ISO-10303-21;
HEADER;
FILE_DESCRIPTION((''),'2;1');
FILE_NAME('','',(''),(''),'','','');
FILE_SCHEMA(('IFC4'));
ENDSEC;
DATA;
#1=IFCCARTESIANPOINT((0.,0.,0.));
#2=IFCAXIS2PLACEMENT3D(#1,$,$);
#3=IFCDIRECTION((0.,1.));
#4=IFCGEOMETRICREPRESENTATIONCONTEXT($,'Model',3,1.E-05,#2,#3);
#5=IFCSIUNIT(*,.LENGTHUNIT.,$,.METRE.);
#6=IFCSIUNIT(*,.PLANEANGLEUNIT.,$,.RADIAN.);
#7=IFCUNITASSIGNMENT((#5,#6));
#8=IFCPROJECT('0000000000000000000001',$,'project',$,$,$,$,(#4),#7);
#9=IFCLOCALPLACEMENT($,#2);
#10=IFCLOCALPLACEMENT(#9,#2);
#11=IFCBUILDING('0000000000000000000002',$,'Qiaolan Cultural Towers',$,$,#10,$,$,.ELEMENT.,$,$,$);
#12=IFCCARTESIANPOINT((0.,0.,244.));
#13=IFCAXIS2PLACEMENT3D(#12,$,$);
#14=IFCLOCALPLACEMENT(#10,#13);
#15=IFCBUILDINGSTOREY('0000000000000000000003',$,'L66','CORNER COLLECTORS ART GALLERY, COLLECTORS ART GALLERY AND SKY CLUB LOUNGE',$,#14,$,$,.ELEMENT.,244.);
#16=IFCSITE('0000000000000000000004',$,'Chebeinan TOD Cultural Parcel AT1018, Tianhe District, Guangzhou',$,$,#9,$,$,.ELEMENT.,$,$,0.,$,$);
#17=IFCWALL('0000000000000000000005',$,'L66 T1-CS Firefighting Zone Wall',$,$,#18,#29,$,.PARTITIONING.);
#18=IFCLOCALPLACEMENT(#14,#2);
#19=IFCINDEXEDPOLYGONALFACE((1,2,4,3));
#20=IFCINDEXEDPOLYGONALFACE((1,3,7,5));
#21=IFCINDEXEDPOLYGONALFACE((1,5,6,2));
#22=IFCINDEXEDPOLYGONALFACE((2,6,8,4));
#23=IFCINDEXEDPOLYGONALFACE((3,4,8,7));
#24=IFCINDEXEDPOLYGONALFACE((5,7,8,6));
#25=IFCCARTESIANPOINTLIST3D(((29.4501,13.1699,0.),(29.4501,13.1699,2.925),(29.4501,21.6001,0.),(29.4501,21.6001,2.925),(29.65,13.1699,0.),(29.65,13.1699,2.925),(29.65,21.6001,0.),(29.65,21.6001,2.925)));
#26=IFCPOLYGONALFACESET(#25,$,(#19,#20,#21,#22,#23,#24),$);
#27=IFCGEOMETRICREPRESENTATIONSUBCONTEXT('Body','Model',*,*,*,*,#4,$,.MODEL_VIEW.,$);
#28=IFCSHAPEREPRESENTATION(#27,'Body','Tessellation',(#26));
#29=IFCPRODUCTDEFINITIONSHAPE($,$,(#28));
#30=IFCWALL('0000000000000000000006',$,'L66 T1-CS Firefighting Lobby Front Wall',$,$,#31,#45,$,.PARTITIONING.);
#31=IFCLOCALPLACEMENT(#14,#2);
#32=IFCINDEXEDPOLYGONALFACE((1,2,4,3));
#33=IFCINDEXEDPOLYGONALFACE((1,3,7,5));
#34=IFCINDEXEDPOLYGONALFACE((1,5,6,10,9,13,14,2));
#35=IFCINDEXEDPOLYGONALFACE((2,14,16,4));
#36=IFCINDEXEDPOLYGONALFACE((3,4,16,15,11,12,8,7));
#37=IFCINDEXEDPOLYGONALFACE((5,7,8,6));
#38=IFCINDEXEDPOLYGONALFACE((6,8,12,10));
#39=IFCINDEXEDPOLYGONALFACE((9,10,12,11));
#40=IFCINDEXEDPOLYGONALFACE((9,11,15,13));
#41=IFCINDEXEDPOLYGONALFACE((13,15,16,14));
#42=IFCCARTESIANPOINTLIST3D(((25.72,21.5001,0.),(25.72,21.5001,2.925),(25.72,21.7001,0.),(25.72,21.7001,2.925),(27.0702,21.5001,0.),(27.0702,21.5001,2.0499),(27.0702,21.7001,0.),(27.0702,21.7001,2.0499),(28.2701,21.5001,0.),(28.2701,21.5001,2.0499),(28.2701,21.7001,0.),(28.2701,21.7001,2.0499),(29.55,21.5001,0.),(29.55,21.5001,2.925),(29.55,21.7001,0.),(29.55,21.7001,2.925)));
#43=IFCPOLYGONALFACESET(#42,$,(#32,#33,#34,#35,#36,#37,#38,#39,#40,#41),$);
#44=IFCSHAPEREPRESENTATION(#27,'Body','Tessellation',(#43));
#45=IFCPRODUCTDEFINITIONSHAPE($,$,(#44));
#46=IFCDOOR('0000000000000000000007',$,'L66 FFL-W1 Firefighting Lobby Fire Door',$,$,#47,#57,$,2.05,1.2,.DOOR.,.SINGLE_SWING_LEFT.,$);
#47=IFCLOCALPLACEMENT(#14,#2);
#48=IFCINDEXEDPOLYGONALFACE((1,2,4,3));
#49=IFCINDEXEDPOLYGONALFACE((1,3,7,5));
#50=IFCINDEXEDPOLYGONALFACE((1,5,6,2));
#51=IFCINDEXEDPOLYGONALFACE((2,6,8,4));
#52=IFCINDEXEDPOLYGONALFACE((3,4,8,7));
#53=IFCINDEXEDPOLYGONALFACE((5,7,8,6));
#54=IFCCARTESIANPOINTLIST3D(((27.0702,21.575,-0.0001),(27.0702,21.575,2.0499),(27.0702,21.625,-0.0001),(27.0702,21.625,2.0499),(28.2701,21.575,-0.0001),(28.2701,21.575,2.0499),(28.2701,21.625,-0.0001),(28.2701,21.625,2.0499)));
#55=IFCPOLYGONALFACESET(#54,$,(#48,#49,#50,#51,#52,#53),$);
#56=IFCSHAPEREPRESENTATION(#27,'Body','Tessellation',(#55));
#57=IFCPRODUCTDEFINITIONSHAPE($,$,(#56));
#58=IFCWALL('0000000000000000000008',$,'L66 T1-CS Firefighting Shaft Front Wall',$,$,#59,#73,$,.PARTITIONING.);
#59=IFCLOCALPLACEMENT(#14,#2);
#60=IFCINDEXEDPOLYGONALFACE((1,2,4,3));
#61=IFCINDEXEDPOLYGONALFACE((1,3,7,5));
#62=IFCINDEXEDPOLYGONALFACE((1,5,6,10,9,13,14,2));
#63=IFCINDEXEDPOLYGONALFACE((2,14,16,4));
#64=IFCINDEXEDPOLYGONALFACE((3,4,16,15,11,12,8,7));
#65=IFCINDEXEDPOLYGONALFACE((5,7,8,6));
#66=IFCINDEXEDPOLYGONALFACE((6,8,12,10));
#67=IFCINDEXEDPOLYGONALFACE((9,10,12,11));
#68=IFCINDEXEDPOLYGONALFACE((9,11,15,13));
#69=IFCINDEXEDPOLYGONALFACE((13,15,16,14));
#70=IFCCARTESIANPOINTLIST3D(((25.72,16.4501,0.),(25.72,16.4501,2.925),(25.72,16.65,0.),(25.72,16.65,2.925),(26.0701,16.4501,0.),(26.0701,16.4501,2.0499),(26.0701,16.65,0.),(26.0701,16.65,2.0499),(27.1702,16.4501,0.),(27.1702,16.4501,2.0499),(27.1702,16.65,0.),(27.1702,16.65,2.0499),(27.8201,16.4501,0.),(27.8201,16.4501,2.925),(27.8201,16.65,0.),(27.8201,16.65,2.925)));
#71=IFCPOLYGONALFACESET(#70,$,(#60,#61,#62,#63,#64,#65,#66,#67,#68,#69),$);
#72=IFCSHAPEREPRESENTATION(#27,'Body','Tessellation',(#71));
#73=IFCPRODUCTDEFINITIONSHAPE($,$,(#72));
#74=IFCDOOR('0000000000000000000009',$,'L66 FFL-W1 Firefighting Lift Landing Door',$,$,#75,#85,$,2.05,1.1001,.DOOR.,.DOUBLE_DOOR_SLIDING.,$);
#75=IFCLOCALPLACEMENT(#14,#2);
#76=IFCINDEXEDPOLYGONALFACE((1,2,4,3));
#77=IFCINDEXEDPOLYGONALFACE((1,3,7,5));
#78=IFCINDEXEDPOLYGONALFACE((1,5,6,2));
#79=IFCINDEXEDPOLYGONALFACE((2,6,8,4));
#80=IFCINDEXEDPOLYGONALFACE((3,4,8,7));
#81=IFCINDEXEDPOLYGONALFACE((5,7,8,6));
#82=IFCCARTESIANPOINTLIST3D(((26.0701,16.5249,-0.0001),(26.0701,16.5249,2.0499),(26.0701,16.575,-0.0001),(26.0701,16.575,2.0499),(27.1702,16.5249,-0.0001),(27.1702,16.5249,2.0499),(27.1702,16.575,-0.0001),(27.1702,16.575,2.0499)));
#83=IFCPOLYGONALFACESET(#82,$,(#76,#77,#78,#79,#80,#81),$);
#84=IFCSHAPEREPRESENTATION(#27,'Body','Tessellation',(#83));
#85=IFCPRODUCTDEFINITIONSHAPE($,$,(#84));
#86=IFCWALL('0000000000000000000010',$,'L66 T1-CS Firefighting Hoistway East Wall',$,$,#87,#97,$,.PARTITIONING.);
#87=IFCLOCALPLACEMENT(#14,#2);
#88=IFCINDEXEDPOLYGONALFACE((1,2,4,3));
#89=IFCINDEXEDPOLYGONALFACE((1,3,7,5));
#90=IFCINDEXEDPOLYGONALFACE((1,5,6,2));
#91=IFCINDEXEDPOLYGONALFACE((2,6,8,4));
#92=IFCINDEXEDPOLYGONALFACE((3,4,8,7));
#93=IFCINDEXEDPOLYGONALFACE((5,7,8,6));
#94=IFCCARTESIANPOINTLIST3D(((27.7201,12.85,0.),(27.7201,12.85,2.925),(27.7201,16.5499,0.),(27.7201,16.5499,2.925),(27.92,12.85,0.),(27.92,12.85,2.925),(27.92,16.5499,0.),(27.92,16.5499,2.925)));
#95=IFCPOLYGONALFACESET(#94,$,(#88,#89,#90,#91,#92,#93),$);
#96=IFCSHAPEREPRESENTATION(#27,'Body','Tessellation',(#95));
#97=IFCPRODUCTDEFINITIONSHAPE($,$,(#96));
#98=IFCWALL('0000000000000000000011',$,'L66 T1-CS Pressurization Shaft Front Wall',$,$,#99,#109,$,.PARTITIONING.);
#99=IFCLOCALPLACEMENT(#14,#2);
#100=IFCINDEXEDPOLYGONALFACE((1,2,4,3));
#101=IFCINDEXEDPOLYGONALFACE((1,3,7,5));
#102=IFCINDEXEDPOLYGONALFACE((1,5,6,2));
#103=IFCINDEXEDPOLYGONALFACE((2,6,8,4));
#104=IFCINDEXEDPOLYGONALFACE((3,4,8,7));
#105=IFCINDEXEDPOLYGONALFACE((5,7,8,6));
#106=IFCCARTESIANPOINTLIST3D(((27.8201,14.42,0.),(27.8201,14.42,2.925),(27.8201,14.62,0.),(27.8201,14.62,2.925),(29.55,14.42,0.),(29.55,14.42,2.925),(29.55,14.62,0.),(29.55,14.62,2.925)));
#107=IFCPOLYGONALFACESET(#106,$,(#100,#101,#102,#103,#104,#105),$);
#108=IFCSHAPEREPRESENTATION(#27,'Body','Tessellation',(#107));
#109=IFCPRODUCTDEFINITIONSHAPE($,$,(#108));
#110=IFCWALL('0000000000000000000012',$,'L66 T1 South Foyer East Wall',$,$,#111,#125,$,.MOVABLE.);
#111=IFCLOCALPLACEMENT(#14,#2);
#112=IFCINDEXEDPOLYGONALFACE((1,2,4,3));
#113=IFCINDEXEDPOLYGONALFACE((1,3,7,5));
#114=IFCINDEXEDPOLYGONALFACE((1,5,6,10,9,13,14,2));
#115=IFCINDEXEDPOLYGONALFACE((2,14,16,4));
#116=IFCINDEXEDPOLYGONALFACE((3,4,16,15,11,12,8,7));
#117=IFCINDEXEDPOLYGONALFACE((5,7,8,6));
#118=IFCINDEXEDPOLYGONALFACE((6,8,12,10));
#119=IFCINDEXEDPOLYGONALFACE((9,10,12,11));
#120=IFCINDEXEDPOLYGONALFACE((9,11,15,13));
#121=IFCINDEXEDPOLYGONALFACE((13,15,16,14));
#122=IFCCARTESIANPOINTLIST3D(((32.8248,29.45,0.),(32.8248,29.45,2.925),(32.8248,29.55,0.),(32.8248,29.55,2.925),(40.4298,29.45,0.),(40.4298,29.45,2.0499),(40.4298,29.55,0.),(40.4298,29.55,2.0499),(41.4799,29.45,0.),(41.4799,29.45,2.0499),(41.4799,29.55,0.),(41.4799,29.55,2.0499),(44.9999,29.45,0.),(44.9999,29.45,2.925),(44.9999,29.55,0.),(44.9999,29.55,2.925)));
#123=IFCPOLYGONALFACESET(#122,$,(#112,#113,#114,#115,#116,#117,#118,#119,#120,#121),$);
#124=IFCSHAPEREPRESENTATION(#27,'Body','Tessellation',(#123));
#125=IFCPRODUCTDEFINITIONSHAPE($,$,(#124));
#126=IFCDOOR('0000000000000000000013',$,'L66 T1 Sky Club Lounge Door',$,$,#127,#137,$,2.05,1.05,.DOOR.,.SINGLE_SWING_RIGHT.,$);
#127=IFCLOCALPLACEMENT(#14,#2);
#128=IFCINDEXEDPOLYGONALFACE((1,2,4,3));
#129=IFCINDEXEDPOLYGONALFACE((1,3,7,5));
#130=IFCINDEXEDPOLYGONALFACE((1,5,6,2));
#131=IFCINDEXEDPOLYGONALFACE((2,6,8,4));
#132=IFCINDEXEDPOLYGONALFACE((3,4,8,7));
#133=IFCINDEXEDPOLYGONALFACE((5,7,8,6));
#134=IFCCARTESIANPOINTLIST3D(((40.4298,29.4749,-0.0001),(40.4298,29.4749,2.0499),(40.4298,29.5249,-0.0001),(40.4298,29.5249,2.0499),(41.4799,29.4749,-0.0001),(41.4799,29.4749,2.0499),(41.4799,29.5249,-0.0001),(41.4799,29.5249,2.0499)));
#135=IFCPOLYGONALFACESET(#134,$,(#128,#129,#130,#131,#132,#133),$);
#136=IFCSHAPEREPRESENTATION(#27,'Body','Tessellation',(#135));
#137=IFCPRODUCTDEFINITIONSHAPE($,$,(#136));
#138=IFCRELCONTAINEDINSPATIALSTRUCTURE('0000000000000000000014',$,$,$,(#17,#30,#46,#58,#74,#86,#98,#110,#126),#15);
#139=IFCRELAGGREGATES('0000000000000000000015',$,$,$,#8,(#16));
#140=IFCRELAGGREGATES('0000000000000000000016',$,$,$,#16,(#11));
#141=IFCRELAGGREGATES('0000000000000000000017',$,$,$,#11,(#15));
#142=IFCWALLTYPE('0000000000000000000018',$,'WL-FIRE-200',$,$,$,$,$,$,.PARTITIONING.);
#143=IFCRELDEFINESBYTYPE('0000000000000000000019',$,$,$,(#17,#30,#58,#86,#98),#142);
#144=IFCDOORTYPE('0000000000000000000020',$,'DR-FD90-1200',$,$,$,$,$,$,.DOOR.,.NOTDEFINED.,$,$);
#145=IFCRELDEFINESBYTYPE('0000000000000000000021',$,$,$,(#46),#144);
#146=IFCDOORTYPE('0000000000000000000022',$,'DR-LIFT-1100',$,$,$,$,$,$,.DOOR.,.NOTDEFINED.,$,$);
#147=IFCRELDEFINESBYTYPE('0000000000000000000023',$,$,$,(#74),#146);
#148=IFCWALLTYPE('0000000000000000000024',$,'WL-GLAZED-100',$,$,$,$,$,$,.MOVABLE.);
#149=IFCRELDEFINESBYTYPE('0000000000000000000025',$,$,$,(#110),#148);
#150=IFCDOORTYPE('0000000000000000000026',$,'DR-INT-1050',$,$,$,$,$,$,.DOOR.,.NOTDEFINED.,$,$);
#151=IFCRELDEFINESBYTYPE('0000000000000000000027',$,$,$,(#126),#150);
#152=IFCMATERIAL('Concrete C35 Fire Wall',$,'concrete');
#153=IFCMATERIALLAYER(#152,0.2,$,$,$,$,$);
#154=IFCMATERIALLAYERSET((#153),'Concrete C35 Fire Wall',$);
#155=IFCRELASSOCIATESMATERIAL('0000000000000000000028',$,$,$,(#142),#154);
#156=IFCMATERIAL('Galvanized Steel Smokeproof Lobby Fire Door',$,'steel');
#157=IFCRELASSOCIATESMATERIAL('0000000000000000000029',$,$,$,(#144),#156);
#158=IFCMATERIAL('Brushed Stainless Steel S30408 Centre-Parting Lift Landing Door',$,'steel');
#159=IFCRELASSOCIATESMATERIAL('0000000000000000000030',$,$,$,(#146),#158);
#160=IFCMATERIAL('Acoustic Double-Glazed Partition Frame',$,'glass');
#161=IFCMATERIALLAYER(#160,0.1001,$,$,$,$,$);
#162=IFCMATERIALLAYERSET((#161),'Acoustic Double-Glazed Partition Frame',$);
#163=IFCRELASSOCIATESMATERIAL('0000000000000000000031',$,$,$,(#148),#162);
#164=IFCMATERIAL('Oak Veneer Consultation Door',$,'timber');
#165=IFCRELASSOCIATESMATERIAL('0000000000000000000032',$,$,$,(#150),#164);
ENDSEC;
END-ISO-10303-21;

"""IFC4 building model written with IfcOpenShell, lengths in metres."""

from ifc_helpers import new_model, si_unit, direction, frame, frame_2d, origin, place, context, subcontext, project, spatial, rectangle, extrude, material, layer, layer_set, type_object, element, fill, save


model = new_model("IFC4")

# Units and contexts
model_context = context("Model", 3, precision=1e-05, world=origin(), true_north=direction((0.0, 1.0)))
body_context = subcontext(model_context, "Body", "Model", "MODEL_VIEW")
ifc_project = project(units=[si_unit("LENGTHUNIT", "METRE"), si_unit("PLANEANGLEUNIT", "RADIAN")], contexts=[model_context])

# Site, building, storey
site_placement = place(None, origin())
site = spatial("IfcSite", under=ifc_project, at=site_placement, Name="Chebeinan TOD Cultural Parcel AT1018, Tianhe District, Guangzhou", CompositionType="ELEMENT", RefElevation=0.0)
building_placement = place(site_placement, origin())
building = spatial("IfcBuilding", under=site, at=building_placement, Name="Qiaolan Cultural Towers", CompositionType="ELEMENT")
storey_placement = place(building_placement, frame((0.0, 0.0, 244.0)))
storey = spatial("IfcBuildingStorey", under=building, at=storey_placement, Name="L66", Description="CORNER COLLECTORS ART GALLERY, COLLECTORS ART GALLERY AND SKY CLUB LOUNGE", CompositionType="ELEMENT", Elevation=244.0)

# Shared definitions
ifc_material_1 = material(Name="Concrete C35 Fire Wall", Category="concrete")
ifc_layer_1 = layer(ifc_material_1, 0.2)
ifc_layer_set_1 = layer_set([ifc_layer_1], Name="Concrete C35 Fire Wall")
wall_type_1 = type_object("IfcWallType", Name="WL-FIRE-200", PredefinedType="PARTITIONING", material=ifc_layer_set_1)

# Wall
wall_1_placement = place(storey_placement, frame((29.55, 21.6001, 0.0), z_axis=(0.0, 0.0, 1.0), x_axis=(0.0, -1.0, 0.0)))
element("IfcWall", 1, at=wall_1_placement, inside=storey, type_object=wall_type_1, Name="L66 T1-CS Firefighting Zone Wall", PredefinedType="PARTITIONING", context=body_context, shape_type="SweptSolid", body=[
    extrude(rectangle(XDim=8.4302, YDim=0.2, at=frame_2d((4.2151, 0.0))), origin(), (0.0, 0.0, 1.0), 2.925),
])

# Walls, openings, doors
wall_2_placement = place(storey_placement, frame((25.72, 21.6001, 0.0), z_axis=(0.0, 0.0, 1.0), x_axis=(1.0, 0.0, 0.0)))
wall_2 = element("IfcWall", 2, at=wall_2_placement, inside=storey, type_object=wall_type_1, Name="L66 T1-CS Firefighting Lobby Front Wall", PredefinedType="PARTITIONING", context=body_context, shape_type="SweptSolid", body=[
    extrude(rectangle(XDim=3.8301, YDim=0.2, at=frame_2d((1.915, 0.0))), origin(), (0.0, 0.0, 1.0), 2.925),
])
opening_1_placement = place(wall_2_placement, frame((1.3501, 0.0, 0.0)))
opening_1 = element("IfcOpeningElement", 3, at=opening_1_placement, cuts=wall_2, PredefinedType="OPENING", context=body_context, shape_type="SweptSolid", body=[
    extrude(rectangle(XDim=1.2, YDim=2.05, at=frame_2d((0.6001, 1.0249))), frame((0.0, 0.1099, 0.0), z_axis=(0.0, -1.0, 0.0), x_axis=(1.0, 0.0, 0.0)), (0.0, 0.0, 1.0), 0.22),
])
ifc_material_2 = material(Name="Galvanized Steel Smokeproof Lobby Fire Door", Category="steel")
door_type_1 = type_object("IfcDoorType", Name="DR-FD90-1200", OperationType="NOTDEFINED", PredefinedType="DOOR", material=ifc_material_2)
door_1_placement = place(opening_1_placement, origin())
door_1 = element("IfcDoor", 4, at=door_1_placement, inside=storey, type_object=door_type_1, Name="L66 FFL-W1 Firefighting Lobby Fire Door", OperationType="SINGLE_SWING_LEFT", OverallHeight=2.05, OverallWidth=1.2, PredefinedType="DOOR", context=body_context, shape_type="SweptSolid", body=[
    extrude(rectangle(XDim=1.2, YDim=2.05, at=frame_2d((0.6001, 1.0249))), frame((0.0, 0.0249, 0.0), z_axis=(0.0, -1.0, 0.0), x_axis=(1.0, 0.0, 0.0)), (0.0, 0.0, 1.0), 0.05),
])
fill(opening_1, door_1)
wall_3_placement = place(storey_placement, frame((25.72, 16.55, 0.0), z_axis=(0.0, 0.0, 1.0), x_axis=(1.0, 0.0, 0.0)))
wall_3 = element("IfcWall", 5, at=wall_3_placement, inside=storey, type_object=wall_type_1, Name="L66 T1-CS Firefighting Shaft Front Wall", PredefinedType="PARTITIONING", context=body_context, shape_type="SweptSolid", body=[
    extrude(rectangle(XDim=2.1001, YDim=0.2, at=frame_2d((1.05, 0.0))), origin(), (0.0, 0.0, 1.0), 2.925),
])
opening_2_placement = place(wall_3_placement, frame((0.3501, 0.0, 0.0)))
opening_2 = element("IfcOpeningElement", 6, at=opening_2_placement, cuts=wall_3, PredefinedType="OPENING", context=body_context, shape_type="SweptSolid", body=[
    extrude(rectangle(XDim=1.1001, YDim=2.05, at=frame_2d((0.55, 1.0249))), frame((0.0, 0.1099, 0.0), z_axis=(0.0, -1.0, 0.0), x_axis=(1.0, 0.0, 0.0)), (0.0, 0.0, 1.0), 0.22),
])
ifc_material_3 = material(Name="Brushed Stainless Steel S30408 Centre-Parting Lift Landing Door", Category="steel")
door_type_2 = type_object("IfcDoorType", Name="DR-LIFT-1100", OperationType="NOTDEFINED", PredefinedType="DOOR", material=ifc_material_3)
door_2_placement = place(opening_2_placement, origin())
door_2 = element("IfcDoor", 7, at=door_2_placement, inside=storey, type_object=door_type_2, Name="L66 FFL-W1 Firefighting Lift Landing Door", OperationType="DOUBLE_DOOR_SLIDING", OverallHeight=2.05, OverallWidth=1.1001, PredefinedType="DOOR", context=body_context, shape_type="SweptSolid", body=[
    extrude(rectangle(XDim=1.1001, YDim=2.05, at=frame_2d((0.55, 1.0249))), frame((0.0, 0.0249, 0.0), z_axis=(0.0, -1.0, 0.0), x_axis=(1.0, 0.0, 0.0)), (0.0, 0.0, 1.0), 0.05),
])
fill(opening_2, door_2)

# Walls
wall_4_placement = place(storey_placement, frame((27.8201, 16.55, 0.0), z_axis=(0.0, 0.0, 1.0), x_axis=(0.0, -1.0, 0.0)))
element("IfcWall", 8, at=wall_4_placement, inside=storey, type_object=wall_type_1, Name="L66 T1-CS Firefighting Hoistway East Wall", PredefinedType="PARTITIONING", context=body_context, shape_type="SweptSolid", body=[
    extrude(rectangle(XDim=3.7, YDim=0.2, at=frame_2d((1.8501, 0.0))), origin(), (0.0, 0.0, 1.0), 2.925),
])
wall_5_placement = place(storey_placement, frame((27.8201, 14.52, 0.0), z_axis=(0.0, 0.0, 1.0), x_axis=(1.0, 0.0, 0.0)))
element("IfcWall", 9, at=wall_5_placement, inside=storey, type_object=wall_type_1, Name="L66 T1-CS Pressurization Shaft Front Wall", PredefinedType="PARTITIONING", context=body_context, shape_type="SweptSolid", body=[
    extrude(rectangle(XDim=1.73, YDim=0.2, at=frame_2d((0.865, 0.0))), origin(), (0.0, 0.0, 1.0), 2.925),
])

# Wall, opening, door
ifc_material_4 = material(Name="Acoustic Double-Glazed Partition Frame", Category="glass")
ifc_layer_2 = layer(ifc_material_4, 0.1001)
ifc_layer_set_2 = layer_set([ifc_layer_2], Name="Acoustic Double-Glazed Partition Frame")
wall_type_2 = type_object("IfcWallType", Name="WL-GLAZED-100", PredefinedType="MOVABLE", material=ifc_layer_set_2)
wall_6_placement = place(storey_placement, frame((32.825, 29.5, 0.0), z_axis=(0.0, 0.0, 1.0), x_axis=(1.0, 0.0, 0.0)))
wall_6 = element("IfcWall", 10, at=wall_6_placement, inside=storey, type_object=wall_type_2, Name="L66 T1 South Foyer East Wall", PredefinedType="MOVABLE", context=body_context, shape_type="SweptSolid", body=[
    extrude(rectangle(XDim=12.175, YDim=0.1001, at=frame_2d((6.0874, 0.0))), origin(), (0.0, 0.0, 1.0), 2.925),
])
opening_3_placement = place(wall_6_placement, frame((7.605, 0.0, 0.0)))
opening_3 = element("IfcOpeningElement", 11, at=opening_3_placement, cuts=wall_6, PredefinedType="OPENING", context=body_context, shape_type="SweptSolid", body=[
    extrude(rectangle(XDim=1.05, YDim=2.05, at=frame_2d((0.5249, 1.0249))), frame((0.0, 0.0601, 0.0), z_axis=(0.0, -1.0, 0.0), x_axis=(1.0, 0.0, 0.0)), (0.0, 0.0, 1.0), 0.1201),
])
ifc_material_5 = material(Name="Oak Veneer Consultation Door", Category="timber")
door_type_3 = type_object("IfcDoorType", Name="DR-INT-1050", OperationType="NOTDEFINED", PredefinedType="DOOR", material=ifc_material_5)
door_3_placement = place(opening_3_placement, origin())
door_3 = element("IfcDoor", 12, at=door_3_placement, inside=storey, type_object=door_type_3, Name="L66 T1 Sky Club Lounge Door", OperationType="SINGLE_SWING_RIGHT", OverallHeight=2.05, OverallWidth=1.05, PredefinedType="DOOR", context=body_context, shape_type="SweptSolid", body=[
    extrude(rectangle(XDim=1.05, YDim=2.05, at=frame_2d((0.5249, 1.0249))), frame((0.0, 0.0249, 0.0), z_axis=(0.0, -1.0, 0.0), x_axis=(1.0, 0.0, 0.0)), (0.0, 0.0, 1.0), 0.05),
])
fill(opening_3, door_3)

save(model, "model.ifc")
